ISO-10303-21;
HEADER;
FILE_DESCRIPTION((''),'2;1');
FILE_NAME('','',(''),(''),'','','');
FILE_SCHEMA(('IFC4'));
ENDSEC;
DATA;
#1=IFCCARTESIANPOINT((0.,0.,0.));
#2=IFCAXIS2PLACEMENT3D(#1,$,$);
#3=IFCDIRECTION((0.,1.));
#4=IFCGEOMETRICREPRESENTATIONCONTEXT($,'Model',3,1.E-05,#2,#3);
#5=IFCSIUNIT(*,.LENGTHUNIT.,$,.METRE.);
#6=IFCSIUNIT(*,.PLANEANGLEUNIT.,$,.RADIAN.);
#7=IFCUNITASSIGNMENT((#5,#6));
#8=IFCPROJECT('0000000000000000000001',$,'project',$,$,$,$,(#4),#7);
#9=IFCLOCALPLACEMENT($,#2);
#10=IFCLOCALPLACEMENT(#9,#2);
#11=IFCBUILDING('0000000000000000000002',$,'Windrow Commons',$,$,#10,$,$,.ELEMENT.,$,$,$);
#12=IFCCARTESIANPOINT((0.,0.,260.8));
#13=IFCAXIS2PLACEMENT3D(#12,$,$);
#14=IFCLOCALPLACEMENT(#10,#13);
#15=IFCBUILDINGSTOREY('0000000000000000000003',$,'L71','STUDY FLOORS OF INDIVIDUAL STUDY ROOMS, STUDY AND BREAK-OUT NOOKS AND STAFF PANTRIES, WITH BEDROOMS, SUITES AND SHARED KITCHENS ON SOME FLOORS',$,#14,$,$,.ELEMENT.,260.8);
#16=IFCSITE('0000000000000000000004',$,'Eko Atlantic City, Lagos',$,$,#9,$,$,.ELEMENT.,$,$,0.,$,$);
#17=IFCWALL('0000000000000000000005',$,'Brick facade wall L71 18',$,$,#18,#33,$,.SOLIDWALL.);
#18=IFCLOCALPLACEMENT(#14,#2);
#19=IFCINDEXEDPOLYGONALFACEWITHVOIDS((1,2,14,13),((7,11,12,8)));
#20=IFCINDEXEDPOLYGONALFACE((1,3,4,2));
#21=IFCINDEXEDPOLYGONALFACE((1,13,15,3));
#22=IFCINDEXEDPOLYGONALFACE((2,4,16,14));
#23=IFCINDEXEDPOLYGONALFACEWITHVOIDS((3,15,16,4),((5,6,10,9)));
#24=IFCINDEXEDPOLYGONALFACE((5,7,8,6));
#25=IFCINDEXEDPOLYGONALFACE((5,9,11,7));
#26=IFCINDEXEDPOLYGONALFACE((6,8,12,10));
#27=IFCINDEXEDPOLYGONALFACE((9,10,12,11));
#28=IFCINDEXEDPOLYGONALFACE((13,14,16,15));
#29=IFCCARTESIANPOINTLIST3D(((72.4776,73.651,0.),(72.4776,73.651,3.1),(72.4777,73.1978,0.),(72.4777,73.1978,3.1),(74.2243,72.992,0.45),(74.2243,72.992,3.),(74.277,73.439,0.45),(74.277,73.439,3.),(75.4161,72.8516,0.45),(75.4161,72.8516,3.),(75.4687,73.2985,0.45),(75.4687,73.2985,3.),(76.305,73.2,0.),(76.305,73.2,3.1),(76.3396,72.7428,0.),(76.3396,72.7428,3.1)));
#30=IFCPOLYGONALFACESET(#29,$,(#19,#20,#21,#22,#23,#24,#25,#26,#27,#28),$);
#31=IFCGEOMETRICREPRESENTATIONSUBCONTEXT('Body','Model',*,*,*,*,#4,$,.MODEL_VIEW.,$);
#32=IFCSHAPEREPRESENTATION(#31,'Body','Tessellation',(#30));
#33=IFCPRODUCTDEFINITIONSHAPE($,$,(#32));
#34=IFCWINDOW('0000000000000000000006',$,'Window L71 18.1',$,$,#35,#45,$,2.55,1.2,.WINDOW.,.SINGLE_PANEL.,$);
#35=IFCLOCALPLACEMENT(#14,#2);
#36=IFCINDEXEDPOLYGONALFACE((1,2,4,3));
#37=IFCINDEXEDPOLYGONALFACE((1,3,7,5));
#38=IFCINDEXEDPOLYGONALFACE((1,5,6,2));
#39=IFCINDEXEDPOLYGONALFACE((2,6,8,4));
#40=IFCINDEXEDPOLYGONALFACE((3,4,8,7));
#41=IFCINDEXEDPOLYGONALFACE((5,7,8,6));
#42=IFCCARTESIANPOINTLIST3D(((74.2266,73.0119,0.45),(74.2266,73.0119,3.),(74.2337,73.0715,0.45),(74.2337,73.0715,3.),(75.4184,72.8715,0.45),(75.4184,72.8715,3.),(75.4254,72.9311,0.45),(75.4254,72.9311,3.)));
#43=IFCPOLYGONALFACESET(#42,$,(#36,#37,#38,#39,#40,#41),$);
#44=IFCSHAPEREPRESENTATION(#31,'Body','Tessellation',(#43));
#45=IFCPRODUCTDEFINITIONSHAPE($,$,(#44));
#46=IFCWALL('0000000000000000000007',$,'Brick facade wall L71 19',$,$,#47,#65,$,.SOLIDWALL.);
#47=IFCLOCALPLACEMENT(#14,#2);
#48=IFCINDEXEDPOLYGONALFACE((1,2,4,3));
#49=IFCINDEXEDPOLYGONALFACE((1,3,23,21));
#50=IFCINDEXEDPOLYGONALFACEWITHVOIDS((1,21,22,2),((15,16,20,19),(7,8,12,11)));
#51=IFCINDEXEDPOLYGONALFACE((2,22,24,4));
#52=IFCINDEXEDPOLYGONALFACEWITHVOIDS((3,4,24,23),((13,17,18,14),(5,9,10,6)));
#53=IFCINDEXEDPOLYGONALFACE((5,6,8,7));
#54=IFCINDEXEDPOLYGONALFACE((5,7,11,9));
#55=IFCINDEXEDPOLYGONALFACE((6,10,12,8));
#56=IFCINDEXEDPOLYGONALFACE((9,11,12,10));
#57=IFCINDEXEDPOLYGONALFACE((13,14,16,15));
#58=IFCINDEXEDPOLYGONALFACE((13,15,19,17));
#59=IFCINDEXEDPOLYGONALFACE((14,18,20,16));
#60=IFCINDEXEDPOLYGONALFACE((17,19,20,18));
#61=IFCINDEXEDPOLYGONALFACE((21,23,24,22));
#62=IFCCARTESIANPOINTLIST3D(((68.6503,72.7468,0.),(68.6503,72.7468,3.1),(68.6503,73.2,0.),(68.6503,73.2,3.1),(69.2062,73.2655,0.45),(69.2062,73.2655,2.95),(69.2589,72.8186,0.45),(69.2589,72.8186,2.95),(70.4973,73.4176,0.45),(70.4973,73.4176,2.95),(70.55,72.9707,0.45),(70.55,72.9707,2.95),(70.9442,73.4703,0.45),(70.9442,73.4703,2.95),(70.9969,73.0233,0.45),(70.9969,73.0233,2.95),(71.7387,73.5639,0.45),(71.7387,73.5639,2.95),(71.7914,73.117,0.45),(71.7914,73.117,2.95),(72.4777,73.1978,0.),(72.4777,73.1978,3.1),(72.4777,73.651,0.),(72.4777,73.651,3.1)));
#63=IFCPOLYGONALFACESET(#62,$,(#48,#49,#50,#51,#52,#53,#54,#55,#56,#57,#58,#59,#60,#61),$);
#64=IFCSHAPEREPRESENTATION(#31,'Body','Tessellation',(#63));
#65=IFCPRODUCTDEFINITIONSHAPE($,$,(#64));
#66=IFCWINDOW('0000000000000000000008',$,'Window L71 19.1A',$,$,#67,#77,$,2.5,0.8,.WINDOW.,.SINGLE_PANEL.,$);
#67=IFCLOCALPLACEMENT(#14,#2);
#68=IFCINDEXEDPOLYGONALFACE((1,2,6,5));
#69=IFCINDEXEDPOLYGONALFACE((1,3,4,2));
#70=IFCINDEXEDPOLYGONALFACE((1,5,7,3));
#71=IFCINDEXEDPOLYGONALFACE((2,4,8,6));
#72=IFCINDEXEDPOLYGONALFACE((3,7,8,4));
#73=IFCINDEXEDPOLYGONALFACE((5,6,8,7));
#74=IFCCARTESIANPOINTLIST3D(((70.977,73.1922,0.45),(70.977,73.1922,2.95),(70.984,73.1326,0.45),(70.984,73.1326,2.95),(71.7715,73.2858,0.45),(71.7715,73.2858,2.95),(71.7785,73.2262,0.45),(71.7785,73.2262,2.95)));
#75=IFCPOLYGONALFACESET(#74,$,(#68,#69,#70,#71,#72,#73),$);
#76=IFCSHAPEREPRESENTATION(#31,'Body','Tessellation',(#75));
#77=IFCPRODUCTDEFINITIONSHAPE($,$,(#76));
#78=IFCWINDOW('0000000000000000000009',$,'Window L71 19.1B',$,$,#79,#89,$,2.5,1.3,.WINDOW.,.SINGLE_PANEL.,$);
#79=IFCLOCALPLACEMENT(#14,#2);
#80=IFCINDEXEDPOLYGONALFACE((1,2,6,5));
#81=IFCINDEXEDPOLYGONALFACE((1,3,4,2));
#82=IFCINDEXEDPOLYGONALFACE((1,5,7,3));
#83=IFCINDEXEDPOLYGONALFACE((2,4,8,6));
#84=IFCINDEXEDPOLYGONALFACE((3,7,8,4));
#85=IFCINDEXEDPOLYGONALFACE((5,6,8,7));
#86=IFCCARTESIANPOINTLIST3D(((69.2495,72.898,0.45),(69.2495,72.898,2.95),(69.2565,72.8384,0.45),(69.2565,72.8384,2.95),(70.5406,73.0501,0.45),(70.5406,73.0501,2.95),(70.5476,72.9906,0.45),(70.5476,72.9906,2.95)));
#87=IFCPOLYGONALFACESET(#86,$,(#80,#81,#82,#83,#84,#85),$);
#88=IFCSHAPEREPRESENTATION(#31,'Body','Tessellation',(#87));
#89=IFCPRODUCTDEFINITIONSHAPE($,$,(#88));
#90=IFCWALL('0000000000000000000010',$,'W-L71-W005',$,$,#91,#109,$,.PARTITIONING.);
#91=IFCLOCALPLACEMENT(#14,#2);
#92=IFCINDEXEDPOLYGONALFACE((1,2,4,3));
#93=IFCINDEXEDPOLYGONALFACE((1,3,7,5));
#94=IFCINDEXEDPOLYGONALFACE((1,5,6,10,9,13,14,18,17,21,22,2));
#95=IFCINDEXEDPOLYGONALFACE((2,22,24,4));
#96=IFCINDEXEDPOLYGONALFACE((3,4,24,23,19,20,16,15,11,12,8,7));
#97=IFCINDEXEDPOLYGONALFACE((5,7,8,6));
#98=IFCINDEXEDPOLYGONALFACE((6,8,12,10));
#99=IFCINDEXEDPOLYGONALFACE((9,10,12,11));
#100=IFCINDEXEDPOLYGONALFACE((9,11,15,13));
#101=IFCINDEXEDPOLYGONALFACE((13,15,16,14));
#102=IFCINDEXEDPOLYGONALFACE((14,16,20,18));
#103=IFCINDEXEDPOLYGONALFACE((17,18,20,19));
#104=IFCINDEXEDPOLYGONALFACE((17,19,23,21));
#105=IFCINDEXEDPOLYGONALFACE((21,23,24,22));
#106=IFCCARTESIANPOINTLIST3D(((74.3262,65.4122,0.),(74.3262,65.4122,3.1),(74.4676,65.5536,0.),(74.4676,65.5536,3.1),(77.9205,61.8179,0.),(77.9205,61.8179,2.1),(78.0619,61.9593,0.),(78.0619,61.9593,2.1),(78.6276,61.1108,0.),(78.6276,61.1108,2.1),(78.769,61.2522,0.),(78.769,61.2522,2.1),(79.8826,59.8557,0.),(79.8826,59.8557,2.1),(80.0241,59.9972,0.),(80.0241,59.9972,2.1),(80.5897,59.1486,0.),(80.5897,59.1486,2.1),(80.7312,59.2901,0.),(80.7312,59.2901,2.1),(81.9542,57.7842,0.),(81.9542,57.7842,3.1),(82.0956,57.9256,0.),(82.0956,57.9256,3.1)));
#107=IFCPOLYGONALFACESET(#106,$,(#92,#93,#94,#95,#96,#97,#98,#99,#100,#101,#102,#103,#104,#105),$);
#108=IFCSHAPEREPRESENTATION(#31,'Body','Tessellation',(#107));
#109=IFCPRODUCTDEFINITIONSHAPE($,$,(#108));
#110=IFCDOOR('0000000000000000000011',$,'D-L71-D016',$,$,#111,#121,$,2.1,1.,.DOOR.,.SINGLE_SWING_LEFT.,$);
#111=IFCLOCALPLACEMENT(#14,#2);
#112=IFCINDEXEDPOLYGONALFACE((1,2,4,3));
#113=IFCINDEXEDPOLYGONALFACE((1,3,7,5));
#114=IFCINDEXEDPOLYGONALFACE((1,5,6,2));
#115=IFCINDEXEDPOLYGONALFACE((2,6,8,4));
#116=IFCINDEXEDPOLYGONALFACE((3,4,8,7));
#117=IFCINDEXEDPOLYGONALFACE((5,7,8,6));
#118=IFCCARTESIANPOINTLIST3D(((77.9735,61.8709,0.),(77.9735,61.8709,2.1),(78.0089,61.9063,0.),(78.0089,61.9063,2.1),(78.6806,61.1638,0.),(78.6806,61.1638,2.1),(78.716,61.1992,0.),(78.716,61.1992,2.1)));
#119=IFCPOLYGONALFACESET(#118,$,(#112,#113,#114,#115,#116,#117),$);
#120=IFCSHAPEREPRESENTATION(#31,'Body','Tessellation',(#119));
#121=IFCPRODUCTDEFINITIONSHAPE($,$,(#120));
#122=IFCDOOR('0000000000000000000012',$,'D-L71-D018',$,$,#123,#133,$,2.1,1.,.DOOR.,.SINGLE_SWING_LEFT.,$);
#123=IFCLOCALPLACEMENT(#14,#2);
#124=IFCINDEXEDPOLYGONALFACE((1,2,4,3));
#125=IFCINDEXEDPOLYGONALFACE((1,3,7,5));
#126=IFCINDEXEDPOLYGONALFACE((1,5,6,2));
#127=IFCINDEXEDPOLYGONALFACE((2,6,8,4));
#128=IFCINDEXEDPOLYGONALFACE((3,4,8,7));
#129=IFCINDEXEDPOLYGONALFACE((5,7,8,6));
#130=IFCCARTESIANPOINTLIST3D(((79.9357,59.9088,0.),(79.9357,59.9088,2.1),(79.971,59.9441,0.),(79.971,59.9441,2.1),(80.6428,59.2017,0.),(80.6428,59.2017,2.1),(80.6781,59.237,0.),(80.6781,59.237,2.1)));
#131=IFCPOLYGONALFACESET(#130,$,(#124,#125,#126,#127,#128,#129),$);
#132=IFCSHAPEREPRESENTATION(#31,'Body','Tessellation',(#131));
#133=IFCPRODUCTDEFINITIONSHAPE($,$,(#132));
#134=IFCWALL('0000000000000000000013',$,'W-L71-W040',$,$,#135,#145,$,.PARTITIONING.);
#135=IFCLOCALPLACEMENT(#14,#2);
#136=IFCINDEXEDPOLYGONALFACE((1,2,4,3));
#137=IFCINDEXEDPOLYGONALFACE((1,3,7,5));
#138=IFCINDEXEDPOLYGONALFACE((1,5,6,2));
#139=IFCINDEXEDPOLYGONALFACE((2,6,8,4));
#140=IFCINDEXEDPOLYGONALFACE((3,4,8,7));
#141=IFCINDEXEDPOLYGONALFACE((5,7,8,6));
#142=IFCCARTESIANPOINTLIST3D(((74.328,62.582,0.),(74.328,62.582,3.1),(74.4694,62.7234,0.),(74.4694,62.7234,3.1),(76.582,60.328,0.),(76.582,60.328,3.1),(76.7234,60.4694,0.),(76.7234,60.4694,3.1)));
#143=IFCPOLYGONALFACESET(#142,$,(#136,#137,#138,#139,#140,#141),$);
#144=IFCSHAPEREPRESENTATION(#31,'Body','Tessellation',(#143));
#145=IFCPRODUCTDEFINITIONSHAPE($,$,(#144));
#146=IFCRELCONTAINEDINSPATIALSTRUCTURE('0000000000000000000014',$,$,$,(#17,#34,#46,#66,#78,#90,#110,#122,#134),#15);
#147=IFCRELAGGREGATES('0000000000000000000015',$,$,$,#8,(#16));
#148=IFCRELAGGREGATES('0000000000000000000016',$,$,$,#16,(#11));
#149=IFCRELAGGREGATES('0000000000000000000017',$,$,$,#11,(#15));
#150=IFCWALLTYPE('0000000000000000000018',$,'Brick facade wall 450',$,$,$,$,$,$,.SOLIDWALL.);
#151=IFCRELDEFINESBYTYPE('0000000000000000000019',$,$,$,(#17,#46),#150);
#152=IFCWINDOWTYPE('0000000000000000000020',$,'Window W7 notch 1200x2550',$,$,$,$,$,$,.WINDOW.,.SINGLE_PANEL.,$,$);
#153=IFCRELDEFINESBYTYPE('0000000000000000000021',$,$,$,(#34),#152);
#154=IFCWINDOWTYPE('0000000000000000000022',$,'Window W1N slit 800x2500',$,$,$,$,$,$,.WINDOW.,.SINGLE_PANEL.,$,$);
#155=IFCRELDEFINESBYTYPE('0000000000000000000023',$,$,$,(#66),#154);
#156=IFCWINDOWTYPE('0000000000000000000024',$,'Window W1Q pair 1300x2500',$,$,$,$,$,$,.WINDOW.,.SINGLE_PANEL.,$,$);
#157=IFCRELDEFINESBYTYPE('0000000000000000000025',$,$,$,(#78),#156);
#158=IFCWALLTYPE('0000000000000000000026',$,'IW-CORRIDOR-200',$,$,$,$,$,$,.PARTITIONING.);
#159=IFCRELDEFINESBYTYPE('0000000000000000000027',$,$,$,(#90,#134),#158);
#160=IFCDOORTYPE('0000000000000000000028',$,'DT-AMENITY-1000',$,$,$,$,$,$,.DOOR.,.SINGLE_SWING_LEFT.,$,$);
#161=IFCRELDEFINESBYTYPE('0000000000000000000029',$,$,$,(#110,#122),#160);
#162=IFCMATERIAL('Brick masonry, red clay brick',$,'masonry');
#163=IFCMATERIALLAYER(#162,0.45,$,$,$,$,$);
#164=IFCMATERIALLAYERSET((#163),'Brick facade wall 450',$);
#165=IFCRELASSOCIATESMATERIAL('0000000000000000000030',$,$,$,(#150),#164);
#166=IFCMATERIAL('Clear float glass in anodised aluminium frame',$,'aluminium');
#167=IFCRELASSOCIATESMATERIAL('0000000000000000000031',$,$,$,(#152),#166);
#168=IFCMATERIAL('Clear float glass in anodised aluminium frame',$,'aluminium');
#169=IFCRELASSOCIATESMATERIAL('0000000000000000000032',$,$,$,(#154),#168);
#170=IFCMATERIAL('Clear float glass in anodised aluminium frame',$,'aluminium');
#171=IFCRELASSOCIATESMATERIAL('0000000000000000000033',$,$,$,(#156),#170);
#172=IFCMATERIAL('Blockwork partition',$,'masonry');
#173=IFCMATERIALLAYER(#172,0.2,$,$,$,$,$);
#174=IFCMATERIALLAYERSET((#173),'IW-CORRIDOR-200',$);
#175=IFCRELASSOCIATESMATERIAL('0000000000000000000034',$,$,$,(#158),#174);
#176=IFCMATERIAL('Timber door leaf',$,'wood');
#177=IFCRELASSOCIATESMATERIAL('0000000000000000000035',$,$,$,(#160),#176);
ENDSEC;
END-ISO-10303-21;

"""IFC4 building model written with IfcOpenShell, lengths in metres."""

from ifc_helpers import new_model, si_unit, direction, frame, frame_2d, origin, place, context, subcontext, project, spatial, polyline, rectangle, outline, extrude, material, layer, layer_set, type_object, element, fill, save


model = new_model("IFC4")

# Units and contexts
model_context = context("Model", 3, precision=1e-05, world=origin(), true_north=direction((0.0, 1.0)))
body_context = subcontext(model_context, "Body", "Model", "MODEL_VIEW")
ifc_project = project(units=[si_unit("LENGTHUNIT", "METRE"), si_unit("PLANEANGLEUNIT", "RADIAN")], contexts=[model_context])

# Site, building, storey
site_placement = place(None, origin())
site = spatial("IfcSite", under=ifc_project, at=site_placement, Name="Eko Atlantic City, Lagos", CompositionType="ELEMENT", RefElevation=0.0)
building_placement = place(site_placement, origin())
building = spatial("IfcBuilding", under=site, at=building_placement, Name="Windrow Commons", CompositionType="ELEMENT")
storey_placement = place(building_placement, frame((0.0, 0.0, 260.8)))
storey = spatial("IfcBuildingStorey", under=building, at=storey_placement, Name="L71", Description="STUDY FLOORS OF INDIVIDUAL STUDY ROOMS, STUDY AND BREAK-OUT NOOKS AND STAFF PANTRIES, WITH BEDROOMS, SUITES AND SHARED KITCHENS ON SOME FLOORS", CompositionType="ELEMENT", Elevation=260.8)

# Wall, opening, window
ifc_material_1 = material(Name="Brick masonry, red clay brick", Category="masonry")
ifc_layer_1 = layer(ifc_material_1, 0.45)
ifc_layer_set_1 = layer_set([ifc_layer_1], Name="Brick facade wall 450")
wall_type_1 = type_object("IfcWallType", Name="Brick facade wall 450", PredefinedType="SOLIDWALL", material=ifc_layer_set_1)
ifc_material_2 = material(Name="Clear float glass in anodised aluminium frame", Category="aluminium")
window_type_1 = type_object("IfcWindowType", Name="Window W7 notch 1200x2550", PartitioningType="SINGLE_PANEL", PredefinedType="WINDOW", material=ifc_material_2)
wall_1_placement = place(storey_placement, frame((76.3223, 72.9714, 0.0), z_axis=(0.0, 0.0, 1.0), x_axis=(-0.99313, 0.117018, 0.0)))
wall_1 = element("IfcWall", 1, at=wall_1_placement, inside=storey, type_object=wall_type_1, Name="Brick facade wall L71 18", PredefinedType="SOLIDWALL", context=body_context, shape_type="SweptSolid", body=[
    extrude(outline(polyline([(0.0439, -0.225), (3.8978, -0.225), (3.8447, 0.225), (-0.0439, 0.225), (0.0439, -0.225)])), origin(), (0.0, 0.0, 1.0), 3.1),
])
opening_1_placement = place(wall_1_placement, frame((0.886, 0.0, 0.45)))
opening_1 = element("IfcOpeningElement", 2, at=opening_1_placement, cuts=wall_1, PredefinedType="OPENING", context=body_context, shape_type="SweptSolid", body=[
    extrude(rectangle(XDim=1.2, YDim=2.55, at=frame_2d((0.6, 1.275))), frame((0.0, 0.235, 0.0), z_axis=(0.0, -1.0, 0.0), x_axis=(1.0, 0.0, 0.0)), (0.0, 0.0, 1.0), 0.47),
])
window_1_placement = place(opening_1_placement, origin())
window_1 = element("IfcWindow", 3, at=window_1_placement, inside=storey, type_object=window_type_1, Name="Window L71 18.1", OverallHeight=2.55, OverallWidth=1.2, PartitioningType="SINGLE_PANEL", PredefinedType="WINDOW", context=body_context, shape_type="SweptSolid", body=[
    extrude(rectangle(XDim=1.2, YDim=2.55, at=frame_2d((0.6, 1.275))), frame((0.0, 0.205, 0.0), z_axis=(0.0, -1.0, 0.0), x_axis=(1.0, 0.0, 0.0)), (0.0, 0.0, 1.0), 0.06),
])
fill(opening_1, window_1)

# Wall, openings, windows
wall_2_placement = place(storey_placement, frame((72.4777, 73.4244, 0.0), z_axis=(0.0, 0.0, 1.0), x_axis=(-0.993129, -0.117025, 0.0)))
wall_2 = element("IfcWall", 4, at=wall_2_placement, inside=storey, type_object=wall_type_1, Name="Brick facade wall L71 19", PredefinedType="SOLIDWALL", context=body_context, shape_type="SweptSolid", body=[
    extrude(outline(polyline([(-0.0265, -0.225), (3.8274, -0.225), (3.8804, 0.225), (0.0265, 0.225), (-0.0265, -0.225)])), origin(), (0.0, 0.0, 1.0), 3.1),
])
opening_2_placement = place(wall_2_placement, frame((0.7176, 0.0, 0.45)))
opening_2 = element("IfcOpeningElement", 5, at=opening_2_placement, cuts=wall_2, PredefinedType="OPENING", context=body_context, shape_type="SweptSolid", body=[
    extrude(rectangle(XDim=0.8, YDim=2.5, at=frame_2d((0.4, 1.25))), frame((0.0, 0.235, 0.0), z_axis=(0.0, -1.0, 0.0), x_axis=(1.0, 0.0, 0.0)), (0.0, 0.0, 1.0), 0.47),
])
opening_3_placement = place(wall_2_placement, frame((1.9676, 0.0, 0.45)))
opening_3 = element("IfcOpeningElement", 6, at=opening_3_placement, cuts=wall_2, PredefinedType="OPENING", context=body_context, shape_type="SweptSolid", body=[
    extrude(rectangle(XDim=1.3, YDim=2.5, at=frame_2d((0.65, 1.25))), frame((0.0, 0.235, 0.0), z_axis=(0.0, -1.0, 0.0), x_axis=(1.0, 0.0, 0.0)), (0.0, 0.0, 1.0), 0.47),
])
ifc_material_3 = material(Name="Clear float glass in anodised aluminium frame", Category="aluminium")
window_type_2 = type_object("IfcWindowType", Name="Window W1N slit 800x2500", PartitioningType="SINGLE_PANEL", PredefinedType="WINDOW", material=ifc_material_3)
window_2_placement = place(opening_2_placement, origin())
window_2 = element("IfcWindow", 7, at=window_2_placement, inside=storey, type_object=window_type_2, Name="Window L71 19.1A", OverallHeight=2.5, OverallWidth=0.8, PartitioningType="SINGLE_PANEL", PredefinedType="WINDOW", context=body_context, shape_type="SweptSolid", body=[
    extrude(rectangle(XDim=0.8, YDim=2.5, at=frame_2d((0.4, 1.25))), frame((0.0, 0.115, 0.0), z_axis=(0.0, -1.0, 0.0), x_axis=(1.0, 0.0, 0.0)), (0.0, 0.0, 1.0), 0.06),
])
fill(opening_2, window_2)
ifc_material_4 = material(Name="Clear float glass in anodised aluminium frame", Category="aluminium")
window_type_3 = type_object("IfcWindowType", Name="Window W1Q pair 1300x2500", PartitioningType="SINGLE_PANEL", PredefinedType="WINDOW", material=ifc_material_4)
window_3_placement = place(opening_3_placement, origin())
window_3 = element("IfcWindow", 8, at=window_3_placement, inside=storey, type_object=window_type_3, Name="Window L71 19.1B", OverallHeight=2.5, OverallWidth=1.3, PartitioningType="SINGLE_PANEL", PredefinedType="WINDOW", context=body_context, shape_type="SweptSolid", body=[
    extrude(rectangle(XDim=1.3, YDim=2.5, at=frame_2d((0.65, 1.25))), frame((0.0, 0.205, 0.0), z_axis=(0.0, -1.0, 0.0), x_axis=(1.0, 0.0, 0.0)), (0.0, 0.0, 1.0), 0.06),
])
fill(opening_3, window_3)

# Wall, openings, doors
ifc_material_5 = material(Name="Blockwork partition", Category="masonry")
ifc_layer_2 = layer(ifc_material_5, 0.2)
ifc_layer_set_2 = layer_set([ifc_layer_2], Name="IW-CORRIDOR-200")
wall_type_2 = type_object("IfcWallType", Name="IW-CORRIDOR-200", PredefinedType="PARTITIONING", material=ifc_layer_set_2)
wall_3_placement = place(storey_placement, frame((74.3969, 65.4829, 0.0), z_axis=(0.0, 0.0, 1.0), x_axis=(0.707107, -0.707107, 0.0)))
wall_3 = element("IfcWall", 9, at=wall_3_placement, inside=storey, type_object=wall_type_2, Name="W-L71-W005", PredefinedType="PARTITIONING", context=body_context, shape_type="SweptSolid", body=[
    extrude(rectangle(XDim=10.7876, YDim=0.2, at=frame_2d((5.3938, 0.0))), origin(), (0.0, 0.0, 1.0), 3.1),
])
opening_4_placement = place(wall_3_placement, frame((5.0831, 0.0, 0.0)))
opening_4 = element("IfcOpeningElement", 10, at=opening_4_placement, cuts=wall_3, PredefinedType="OPENING", context=body_context, shape_type="SweptSolid", body=[
    extrude(rectangle(XDim=1.0, YDim=2.1, at=frame_2d((0.5, 1.05))), frame((0.0, 0.11, 0.0), z_axis=(0.0, -1.0, 0.0), x_axis=(1.0, 0.0, 0.0)), (0.0, 0.0, 1.0), 0.22),
])
opening_5_placement = place(wall_3_placement, frame((7.858, 0.0, 0.0)))
opening_5 = element("IfcOpeningElement", 11, at=opening_5_placement, cuts=wall_3, PredefinedType="OPENING", context=body_context, shape_type="SweptSolid", body=[
    extrude(rectangle(XDim=1.0, YDim=2.1, at=frame_2d((0.5, 1.05))), frame((0.0, 0.11, 0.0), z_axis=(0.0, -1.0, 0.0), x_axis=(1.0, 0.0, 0.0)), (0.0, 0.0, 1.0), 0.22),
])
ifc_material_6 = material(Name="Timber door leaf", Category="wood")
door_type = type_object("IfcDoorType", Name="DT-AMENITY-1000", OperationType="SINGLE_SWING_LEFT", PredefinedType="DOOR", material=ifc_material_6)
door_1_placement = place(opening_4_placement, origin())
door_1 = element("IfcDoor", 12, at=door_1_placement, inside=storey, type_object=door_type, Name="D-L71-D016", OperationType="SINGLE_SWING_LEFT", OverallHeight=2.1, OverallWidth=1.0, PredefinedType="DOOR", context=body_context, shape_type="SweptSolid", body=[
    extrude(rectangle(XDim=1.0, YDim=2.1, at=frame_2d((0.5, 1.05))), frame((0.0, 0.025, 0.0), z_axis=(0.0, -1.0, 0.0), x_axis=(1.0, 0.0, 0.0)), (0.0, 0.0, 1.0), 0.05),
])
fill(opening_4, door_1)
door_2_placement = place(opening_5_placement, origin())
door_2 = element("IfcDoor", 13, at=door_2_placement, inside=storey, type_object=door_type, Name="D-L71-D018", OperationType="SINGLE_SWING_LEFT", OverallHeight=2.1, OverallWidth=1.0, PredefinedType="DOOR", context=body_context, shape_type="SweptSolid", body=[
    extrude(rectangle(XDim=1.0, YDim=2.1, at=frame_2d((0.5, 1.05))), frame((0.0, 0.025, 0.0), z_axis=(0.0, -1.0, 0.0), x_axis=(1.0, 0.0, 0.0)), (0.0, 0.0, 1.0), 0.05),
])
fill(opening_5, door_2)

# Wall
wall_4_placement = place(storey_placement, frame((74.3987, 62.6527, 0.0), z_axis=(0.0, 0.0, 1.0), x_axis=(0.707107, -0.707107, 0.0)))
element("IfcWall", 14, at=wall_4_placement, inside=storey, type_object=wall_type_2, Name="W-L71-W040", PredefinedType="PARTITIONING", context=body_context, shape_type="SweptSolid", body=[
    extrude(rectangle(XDim=3.1876, YDim=0.2, at=frame_2d((1.5938, 0.0))), origin(), (0.0, 0.0, 1.0), 3.1),
])

save(model, "model.ifc")
